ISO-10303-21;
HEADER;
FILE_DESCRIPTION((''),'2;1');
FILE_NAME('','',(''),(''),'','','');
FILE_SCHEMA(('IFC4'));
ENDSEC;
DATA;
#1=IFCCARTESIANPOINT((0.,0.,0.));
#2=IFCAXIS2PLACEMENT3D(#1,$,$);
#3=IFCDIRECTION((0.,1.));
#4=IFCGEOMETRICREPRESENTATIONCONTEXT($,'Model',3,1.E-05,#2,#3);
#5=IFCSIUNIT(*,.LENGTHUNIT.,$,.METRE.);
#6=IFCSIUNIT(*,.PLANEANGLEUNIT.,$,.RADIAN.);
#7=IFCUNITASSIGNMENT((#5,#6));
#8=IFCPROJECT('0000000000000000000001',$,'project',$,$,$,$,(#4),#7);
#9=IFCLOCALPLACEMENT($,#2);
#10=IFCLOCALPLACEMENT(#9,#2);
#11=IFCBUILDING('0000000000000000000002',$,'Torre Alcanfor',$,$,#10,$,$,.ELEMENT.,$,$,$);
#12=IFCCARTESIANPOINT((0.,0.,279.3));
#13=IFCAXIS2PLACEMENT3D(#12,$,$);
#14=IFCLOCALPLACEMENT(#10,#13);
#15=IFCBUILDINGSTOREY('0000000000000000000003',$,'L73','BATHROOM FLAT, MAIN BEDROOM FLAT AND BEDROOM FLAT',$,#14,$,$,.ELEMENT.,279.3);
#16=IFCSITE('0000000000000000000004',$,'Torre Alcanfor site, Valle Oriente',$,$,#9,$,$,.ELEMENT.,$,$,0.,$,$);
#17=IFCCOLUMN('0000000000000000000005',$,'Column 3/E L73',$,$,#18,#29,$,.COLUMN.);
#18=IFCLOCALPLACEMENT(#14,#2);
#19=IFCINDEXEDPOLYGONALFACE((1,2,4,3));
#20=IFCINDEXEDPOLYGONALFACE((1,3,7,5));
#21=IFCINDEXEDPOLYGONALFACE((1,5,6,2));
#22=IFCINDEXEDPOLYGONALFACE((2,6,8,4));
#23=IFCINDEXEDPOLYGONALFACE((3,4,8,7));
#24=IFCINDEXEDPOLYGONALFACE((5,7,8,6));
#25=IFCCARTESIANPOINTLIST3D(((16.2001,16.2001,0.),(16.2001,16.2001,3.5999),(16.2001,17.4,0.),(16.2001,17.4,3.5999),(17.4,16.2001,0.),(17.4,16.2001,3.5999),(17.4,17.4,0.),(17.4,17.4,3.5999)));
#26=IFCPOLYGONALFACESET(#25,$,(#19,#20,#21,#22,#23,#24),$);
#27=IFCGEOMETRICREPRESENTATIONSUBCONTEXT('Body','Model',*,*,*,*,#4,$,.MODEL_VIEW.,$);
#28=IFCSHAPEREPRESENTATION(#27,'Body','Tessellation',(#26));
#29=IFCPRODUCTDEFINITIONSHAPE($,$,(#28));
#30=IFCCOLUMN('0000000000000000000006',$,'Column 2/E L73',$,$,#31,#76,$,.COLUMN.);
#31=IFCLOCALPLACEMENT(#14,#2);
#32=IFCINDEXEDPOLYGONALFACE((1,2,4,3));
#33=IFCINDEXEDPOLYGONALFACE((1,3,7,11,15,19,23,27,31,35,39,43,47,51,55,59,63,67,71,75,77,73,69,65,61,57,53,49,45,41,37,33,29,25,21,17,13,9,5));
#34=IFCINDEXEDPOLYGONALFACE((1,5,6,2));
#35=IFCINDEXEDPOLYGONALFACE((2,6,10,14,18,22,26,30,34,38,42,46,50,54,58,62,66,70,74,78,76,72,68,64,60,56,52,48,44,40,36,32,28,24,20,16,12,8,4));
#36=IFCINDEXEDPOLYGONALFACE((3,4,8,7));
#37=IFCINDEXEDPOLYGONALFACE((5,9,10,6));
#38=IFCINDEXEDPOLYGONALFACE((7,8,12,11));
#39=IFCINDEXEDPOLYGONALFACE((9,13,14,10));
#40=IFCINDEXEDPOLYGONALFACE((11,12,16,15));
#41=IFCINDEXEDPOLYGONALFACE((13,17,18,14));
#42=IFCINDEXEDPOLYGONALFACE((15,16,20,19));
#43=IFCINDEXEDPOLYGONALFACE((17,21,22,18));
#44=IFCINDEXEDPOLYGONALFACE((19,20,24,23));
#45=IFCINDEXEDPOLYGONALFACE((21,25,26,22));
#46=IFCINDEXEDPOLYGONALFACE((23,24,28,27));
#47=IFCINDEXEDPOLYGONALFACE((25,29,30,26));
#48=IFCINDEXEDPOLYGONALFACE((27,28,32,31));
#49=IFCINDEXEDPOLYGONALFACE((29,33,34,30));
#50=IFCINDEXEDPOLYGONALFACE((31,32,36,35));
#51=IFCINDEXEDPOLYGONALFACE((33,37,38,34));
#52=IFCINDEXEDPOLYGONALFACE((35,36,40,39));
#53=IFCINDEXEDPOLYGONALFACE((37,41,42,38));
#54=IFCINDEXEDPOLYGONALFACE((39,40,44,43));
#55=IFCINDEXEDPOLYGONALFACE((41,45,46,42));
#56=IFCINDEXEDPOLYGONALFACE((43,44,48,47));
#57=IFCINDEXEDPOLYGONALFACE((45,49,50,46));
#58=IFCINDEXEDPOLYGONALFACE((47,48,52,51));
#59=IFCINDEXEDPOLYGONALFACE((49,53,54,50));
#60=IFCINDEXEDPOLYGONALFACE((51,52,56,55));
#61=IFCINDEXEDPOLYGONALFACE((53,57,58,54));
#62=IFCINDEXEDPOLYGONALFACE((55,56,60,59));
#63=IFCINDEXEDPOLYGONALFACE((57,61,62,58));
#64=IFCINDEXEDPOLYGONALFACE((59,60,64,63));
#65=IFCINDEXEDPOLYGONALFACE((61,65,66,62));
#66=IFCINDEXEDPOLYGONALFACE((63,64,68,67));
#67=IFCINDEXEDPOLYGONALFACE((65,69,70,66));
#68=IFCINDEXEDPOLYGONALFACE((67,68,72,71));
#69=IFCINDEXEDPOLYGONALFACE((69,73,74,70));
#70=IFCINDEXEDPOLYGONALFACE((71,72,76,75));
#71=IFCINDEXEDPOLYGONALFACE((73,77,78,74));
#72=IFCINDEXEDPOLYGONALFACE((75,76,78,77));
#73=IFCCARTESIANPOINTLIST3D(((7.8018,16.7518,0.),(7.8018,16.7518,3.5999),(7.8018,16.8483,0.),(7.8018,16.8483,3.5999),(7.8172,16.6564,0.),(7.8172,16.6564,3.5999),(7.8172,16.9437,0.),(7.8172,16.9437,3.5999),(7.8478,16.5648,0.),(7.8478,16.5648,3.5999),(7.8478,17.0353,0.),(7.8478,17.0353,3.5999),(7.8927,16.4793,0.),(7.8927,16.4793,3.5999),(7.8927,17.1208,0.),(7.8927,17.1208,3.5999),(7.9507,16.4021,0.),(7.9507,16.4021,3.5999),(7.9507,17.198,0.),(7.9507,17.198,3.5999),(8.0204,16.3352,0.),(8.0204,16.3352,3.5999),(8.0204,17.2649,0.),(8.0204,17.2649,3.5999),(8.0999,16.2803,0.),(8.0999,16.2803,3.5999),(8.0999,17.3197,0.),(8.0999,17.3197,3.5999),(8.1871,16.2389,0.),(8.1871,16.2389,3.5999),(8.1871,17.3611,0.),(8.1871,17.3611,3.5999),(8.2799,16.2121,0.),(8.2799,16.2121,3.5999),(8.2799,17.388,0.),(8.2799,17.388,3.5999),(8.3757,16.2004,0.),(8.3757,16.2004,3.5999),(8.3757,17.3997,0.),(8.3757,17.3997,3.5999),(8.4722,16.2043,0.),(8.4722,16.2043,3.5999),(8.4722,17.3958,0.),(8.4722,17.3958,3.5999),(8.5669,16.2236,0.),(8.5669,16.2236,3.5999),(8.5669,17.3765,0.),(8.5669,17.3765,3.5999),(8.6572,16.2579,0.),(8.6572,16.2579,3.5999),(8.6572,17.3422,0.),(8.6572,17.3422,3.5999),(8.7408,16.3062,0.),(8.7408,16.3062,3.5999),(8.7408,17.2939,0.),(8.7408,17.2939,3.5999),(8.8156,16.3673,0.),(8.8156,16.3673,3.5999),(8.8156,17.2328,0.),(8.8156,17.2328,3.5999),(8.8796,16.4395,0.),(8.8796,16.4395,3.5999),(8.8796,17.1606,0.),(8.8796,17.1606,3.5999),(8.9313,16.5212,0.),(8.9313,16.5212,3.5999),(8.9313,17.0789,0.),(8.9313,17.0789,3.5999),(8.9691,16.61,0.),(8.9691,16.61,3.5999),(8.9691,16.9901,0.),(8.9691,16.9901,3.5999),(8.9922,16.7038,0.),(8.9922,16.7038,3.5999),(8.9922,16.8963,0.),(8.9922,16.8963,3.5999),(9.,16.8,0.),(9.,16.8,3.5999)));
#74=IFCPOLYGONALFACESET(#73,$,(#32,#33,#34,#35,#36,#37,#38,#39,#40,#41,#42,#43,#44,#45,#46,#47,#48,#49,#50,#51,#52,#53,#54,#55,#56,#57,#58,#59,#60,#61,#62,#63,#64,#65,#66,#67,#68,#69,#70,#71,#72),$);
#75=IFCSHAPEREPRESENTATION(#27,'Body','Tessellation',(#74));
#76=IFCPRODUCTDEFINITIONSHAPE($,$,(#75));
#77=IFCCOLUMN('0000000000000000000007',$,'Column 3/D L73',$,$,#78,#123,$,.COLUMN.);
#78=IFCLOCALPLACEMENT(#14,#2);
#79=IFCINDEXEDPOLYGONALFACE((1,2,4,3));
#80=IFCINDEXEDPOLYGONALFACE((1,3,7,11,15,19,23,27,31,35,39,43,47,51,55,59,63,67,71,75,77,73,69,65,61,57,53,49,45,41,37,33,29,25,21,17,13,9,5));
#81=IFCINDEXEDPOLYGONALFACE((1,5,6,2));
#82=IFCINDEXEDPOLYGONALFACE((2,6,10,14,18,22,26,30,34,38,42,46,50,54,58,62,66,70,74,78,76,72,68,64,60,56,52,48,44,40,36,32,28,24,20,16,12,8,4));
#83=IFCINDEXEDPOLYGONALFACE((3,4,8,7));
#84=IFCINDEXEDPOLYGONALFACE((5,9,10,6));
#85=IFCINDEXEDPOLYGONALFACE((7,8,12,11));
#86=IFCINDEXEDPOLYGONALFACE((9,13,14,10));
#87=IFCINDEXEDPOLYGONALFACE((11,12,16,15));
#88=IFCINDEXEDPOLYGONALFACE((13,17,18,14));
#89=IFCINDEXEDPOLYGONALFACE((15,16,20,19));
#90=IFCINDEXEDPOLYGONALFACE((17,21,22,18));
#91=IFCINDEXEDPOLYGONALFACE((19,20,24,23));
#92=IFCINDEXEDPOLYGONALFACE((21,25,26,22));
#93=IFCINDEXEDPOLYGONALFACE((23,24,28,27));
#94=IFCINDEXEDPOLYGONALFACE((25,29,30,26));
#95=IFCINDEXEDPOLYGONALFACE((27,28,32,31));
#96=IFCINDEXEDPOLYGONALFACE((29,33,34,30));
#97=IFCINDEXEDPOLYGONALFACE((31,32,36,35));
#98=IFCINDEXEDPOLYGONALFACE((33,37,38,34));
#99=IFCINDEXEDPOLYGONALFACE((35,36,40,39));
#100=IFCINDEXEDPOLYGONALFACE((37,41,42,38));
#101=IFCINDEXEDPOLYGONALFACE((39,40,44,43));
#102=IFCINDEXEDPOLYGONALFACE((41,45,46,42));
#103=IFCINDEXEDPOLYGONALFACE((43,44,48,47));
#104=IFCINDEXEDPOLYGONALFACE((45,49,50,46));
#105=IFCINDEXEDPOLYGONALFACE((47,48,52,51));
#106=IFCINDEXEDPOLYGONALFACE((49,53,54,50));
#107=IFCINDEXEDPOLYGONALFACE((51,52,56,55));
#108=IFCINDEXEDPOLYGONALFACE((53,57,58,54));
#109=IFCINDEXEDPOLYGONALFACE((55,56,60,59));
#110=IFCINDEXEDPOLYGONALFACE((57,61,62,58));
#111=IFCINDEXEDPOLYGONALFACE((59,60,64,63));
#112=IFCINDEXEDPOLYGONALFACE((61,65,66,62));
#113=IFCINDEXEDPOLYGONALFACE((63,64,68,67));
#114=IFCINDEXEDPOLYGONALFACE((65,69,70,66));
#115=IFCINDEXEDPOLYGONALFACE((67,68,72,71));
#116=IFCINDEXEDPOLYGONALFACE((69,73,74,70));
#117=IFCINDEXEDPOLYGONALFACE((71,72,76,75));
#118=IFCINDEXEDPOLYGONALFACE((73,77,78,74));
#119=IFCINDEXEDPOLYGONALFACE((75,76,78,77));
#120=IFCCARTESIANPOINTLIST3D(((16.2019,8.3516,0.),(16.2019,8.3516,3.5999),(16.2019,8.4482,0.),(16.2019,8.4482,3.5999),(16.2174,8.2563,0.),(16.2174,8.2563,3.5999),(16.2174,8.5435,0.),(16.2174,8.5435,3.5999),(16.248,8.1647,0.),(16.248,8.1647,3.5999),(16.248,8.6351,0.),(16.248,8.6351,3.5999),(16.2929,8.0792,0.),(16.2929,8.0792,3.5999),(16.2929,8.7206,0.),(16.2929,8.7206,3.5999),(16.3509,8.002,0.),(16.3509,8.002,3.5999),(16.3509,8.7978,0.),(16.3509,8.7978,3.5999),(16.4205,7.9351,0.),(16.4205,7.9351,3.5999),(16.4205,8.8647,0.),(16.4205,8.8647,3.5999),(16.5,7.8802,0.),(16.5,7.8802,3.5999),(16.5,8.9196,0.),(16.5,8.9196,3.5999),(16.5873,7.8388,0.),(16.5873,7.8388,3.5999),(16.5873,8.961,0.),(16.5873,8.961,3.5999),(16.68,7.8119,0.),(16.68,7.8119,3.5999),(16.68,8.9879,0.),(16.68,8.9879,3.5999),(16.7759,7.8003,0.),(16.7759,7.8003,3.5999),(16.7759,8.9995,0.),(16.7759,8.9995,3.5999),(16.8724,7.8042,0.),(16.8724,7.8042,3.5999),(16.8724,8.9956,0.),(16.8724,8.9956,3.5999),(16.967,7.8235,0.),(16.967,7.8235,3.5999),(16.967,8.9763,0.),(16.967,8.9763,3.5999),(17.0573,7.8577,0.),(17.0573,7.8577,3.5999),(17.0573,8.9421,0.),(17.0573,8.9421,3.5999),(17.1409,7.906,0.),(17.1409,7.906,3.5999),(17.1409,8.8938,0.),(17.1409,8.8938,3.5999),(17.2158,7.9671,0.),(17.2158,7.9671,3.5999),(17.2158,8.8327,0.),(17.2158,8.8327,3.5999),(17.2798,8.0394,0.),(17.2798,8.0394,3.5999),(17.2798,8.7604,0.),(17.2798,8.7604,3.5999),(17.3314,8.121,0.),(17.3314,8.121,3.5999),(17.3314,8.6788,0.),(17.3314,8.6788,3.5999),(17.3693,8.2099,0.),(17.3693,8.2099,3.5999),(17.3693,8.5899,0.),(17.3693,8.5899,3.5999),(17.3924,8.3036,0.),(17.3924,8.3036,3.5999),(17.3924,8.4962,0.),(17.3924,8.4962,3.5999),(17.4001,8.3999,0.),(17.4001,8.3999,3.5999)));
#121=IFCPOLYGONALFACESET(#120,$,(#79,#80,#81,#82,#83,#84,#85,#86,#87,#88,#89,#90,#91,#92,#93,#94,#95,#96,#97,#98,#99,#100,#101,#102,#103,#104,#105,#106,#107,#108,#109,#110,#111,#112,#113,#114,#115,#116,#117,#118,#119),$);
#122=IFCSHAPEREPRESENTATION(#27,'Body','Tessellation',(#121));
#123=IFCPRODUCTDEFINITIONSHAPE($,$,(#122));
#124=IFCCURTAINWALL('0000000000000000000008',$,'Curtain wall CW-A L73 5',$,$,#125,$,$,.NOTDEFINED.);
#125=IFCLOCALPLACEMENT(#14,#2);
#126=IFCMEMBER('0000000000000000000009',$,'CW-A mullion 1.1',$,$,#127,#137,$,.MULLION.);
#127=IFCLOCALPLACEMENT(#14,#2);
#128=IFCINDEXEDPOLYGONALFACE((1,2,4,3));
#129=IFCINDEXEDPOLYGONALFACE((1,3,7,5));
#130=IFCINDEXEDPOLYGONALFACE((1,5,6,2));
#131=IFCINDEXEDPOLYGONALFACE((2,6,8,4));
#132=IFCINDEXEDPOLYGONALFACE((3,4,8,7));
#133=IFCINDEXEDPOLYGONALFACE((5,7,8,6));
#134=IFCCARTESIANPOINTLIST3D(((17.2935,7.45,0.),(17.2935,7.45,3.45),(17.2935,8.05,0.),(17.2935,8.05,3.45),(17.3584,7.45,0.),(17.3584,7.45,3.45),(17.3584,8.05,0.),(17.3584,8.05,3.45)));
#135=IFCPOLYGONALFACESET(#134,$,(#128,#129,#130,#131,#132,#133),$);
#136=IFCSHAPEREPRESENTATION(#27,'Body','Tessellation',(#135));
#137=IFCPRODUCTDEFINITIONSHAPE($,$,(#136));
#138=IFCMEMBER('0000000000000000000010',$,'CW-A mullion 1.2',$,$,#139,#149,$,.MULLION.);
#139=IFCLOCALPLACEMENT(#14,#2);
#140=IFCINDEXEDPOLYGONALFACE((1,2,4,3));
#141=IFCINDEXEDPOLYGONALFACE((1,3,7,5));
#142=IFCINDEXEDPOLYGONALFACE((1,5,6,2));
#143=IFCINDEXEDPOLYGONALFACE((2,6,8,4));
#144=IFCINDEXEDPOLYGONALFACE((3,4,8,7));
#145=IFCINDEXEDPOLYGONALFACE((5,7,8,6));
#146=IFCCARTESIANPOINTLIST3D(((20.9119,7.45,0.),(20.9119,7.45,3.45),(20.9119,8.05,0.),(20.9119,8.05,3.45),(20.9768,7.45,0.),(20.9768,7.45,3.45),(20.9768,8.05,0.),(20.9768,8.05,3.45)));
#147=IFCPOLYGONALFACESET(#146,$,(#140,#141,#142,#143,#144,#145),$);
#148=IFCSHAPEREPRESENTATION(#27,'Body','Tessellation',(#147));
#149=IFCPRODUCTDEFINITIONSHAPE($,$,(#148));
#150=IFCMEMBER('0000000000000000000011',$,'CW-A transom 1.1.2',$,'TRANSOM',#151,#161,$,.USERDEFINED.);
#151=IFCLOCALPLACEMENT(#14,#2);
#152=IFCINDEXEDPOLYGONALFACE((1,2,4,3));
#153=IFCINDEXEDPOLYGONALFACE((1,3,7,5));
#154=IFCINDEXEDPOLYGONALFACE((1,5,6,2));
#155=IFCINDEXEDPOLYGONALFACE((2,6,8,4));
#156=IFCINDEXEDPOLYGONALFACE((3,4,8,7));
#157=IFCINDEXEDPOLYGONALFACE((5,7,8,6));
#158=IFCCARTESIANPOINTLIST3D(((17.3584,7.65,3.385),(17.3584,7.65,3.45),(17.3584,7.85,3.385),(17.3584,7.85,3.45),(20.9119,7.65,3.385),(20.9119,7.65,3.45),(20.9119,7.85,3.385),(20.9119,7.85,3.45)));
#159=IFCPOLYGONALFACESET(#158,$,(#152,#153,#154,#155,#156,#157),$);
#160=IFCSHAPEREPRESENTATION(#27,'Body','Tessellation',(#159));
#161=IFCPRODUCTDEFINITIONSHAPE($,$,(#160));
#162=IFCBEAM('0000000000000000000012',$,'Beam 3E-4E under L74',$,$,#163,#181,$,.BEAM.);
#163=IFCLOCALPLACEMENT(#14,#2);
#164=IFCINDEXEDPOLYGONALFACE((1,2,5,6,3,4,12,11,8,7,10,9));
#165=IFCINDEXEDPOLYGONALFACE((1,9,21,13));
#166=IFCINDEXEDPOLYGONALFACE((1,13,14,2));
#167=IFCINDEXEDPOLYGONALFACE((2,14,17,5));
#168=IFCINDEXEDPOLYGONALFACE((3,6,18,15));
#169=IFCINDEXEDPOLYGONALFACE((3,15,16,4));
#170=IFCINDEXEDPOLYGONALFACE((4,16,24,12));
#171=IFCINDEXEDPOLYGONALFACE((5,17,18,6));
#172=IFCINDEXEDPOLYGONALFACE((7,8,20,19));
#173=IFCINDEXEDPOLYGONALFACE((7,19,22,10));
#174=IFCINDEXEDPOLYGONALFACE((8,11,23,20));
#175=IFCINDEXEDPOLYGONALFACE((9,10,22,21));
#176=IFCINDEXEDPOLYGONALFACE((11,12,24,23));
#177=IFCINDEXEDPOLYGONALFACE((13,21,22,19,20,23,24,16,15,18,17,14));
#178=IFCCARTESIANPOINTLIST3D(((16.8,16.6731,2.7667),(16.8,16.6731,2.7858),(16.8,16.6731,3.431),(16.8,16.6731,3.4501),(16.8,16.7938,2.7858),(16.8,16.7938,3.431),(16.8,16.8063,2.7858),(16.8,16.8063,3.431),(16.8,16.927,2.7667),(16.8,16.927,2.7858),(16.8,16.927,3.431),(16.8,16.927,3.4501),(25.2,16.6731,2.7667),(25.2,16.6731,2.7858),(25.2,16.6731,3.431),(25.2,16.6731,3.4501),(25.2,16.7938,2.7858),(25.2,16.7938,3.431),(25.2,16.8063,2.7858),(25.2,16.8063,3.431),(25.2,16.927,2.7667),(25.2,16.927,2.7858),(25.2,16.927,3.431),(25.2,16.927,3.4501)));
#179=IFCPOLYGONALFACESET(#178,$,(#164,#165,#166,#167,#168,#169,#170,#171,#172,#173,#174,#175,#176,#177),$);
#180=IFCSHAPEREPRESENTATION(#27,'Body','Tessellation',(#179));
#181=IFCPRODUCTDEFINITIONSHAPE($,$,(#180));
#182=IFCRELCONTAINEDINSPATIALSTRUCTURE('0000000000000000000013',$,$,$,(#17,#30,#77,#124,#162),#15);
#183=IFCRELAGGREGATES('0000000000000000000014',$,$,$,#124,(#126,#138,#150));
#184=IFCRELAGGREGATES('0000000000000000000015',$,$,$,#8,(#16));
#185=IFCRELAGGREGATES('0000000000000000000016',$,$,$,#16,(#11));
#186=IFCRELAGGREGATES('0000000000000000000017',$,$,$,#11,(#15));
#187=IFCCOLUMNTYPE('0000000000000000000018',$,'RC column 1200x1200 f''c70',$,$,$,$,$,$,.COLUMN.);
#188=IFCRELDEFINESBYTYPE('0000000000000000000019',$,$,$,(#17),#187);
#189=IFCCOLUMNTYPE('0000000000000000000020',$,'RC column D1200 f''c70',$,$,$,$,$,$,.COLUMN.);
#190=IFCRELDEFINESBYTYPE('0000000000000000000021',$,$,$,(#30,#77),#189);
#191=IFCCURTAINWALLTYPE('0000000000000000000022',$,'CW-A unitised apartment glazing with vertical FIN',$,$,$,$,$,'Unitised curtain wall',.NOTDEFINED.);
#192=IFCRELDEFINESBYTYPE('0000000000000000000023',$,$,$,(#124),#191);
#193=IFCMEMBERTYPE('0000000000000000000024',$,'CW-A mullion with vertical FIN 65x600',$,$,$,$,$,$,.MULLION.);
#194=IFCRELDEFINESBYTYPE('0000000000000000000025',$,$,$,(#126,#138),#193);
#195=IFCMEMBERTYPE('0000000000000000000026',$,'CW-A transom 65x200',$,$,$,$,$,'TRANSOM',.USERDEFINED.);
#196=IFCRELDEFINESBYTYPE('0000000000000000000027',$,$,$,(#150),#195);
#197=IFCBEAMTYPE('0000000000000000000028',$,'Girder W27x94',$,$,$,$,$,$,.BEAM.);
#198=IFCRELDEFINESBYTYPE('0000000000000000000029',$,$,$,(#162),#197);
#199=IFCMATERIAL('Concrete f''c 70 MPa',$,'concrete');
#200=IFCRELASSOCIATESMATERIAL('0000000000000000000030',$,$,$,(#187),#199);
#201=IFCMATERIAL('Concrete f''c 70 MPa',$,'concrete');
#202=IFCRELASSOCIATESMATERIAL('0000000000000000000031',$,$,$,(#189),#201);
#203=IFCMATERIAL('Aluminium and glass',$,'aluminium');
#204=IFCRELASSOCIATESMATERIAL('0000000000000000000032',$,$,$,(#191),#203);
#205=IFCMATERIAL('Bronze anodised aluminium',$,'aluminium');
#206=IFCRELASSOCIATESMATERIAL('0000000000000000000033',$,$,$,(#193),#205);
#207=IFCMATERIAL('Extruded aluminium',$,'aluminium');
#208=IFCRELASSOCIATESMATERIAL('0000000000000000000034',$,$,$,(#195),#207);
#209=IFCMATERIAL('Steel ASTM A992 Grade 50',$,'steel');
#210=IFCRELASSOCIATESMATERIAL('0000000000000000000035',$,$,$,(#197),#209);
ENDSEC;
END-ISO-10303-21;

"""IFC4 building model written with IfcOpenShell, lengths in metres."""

from ifc_helpers import new_model, si_unit, direction, frame, origin, origin_2d, place, context, subcontext, project, spatial, rectangle, circle, i_section, extrude, material, material_profile, profile_set, type_object, element, aggregate, save


model = new_model("IFC4")

# Units and contexts
model_context = context("Model", 3, precision=1e-05, world=origin(), true_north=direction((0.0, 1.0)))
body_context = subcontext(model_context, "Body", "Model", "MODEL_VIEW")
ifc_project = project(units=[si_unit("LENGTHUNIT", "METRE"), si_unit("PLANEANGLEUNIT", "RADIAN")], contexts=[model_context])

# Site, building, storey
site_placement = place(None, origin())
site = spatial("IfcSite", under=ifc_project, at=site_placement, Name="Torre Alcanfor site, Valle Oriente", CompositionType="ELEMENT", RefElevation=0.0)
building_placement = place(site_placement, origin())
building = spatial("IfcBuilding", under=site, at=building_placement, Name="Torre Alcanfor", CompositionType="ELEMENT")
storey_placement = place(building_placement, frame((0.0, 0.0, 279.3)))
storey = spatial("IfcBuildingStorey", under=building, at=storey_placement, Name="L73", Description="BATHROOM FLAT, MAIN BEDROOM FLAT AND BEDROOM FLAT", CompositionType="ELEMENT", Elevation=279.3)

# Columns
ifc_material_1 = material(Name="Concrete f'c 70 MPa", Category="concrete")
ifc_material_profile_1 = material_profile(ifc_material_1, rectangle(XDim=1.2, YDim=1.2, at=origin_2d()), Name="1200x1200")
ifc_profile_set_1 = profile_set([ifc_material_profile_1], Name="Concrete f'c 70 MPa")
column_type_1 = type_object("IfcColumnType", Name="RC column 1200x1200 f'c70", PredefinedType="COLUMN", material=ifc_profile_set_1)
column_placement = place(storey_placement, frame((16.8, 16.8, 0.0), z_axis=(0.0, 0.0, 1.0), x_axis=(1.0, 0.0, 0.0)))
element("IfcColumn", 1, at=column_placement, inside=storey, type_object=column_type_1, Name="Column 3/E L73", PredefinedType="COLUMN", context=body_context, shape_type="SweptSolid", body=[
    extrude(rectangle(XDim=1.2, YDim=1.2, at=origin_2d()), origin(), (0.0, 0.0, 1.0), 3.5999),
])
ifc_material_2 = material(Name="Concrete f'c 70 MPa", Category="concrete")
ifc_material_profile_2 = material_profile(ifc_material_2, circle(Radius=0.6001, at=origin_2d()), Name="D1200")
ifc_profile_set_2 = profile_set([ifc_material_profile_2], Name="Concrete f'c 70 MPa")
column_type_2 = type_object("IfcColumnType", Name="RC column D1200 f'c70", PredefinedType="COLUMN", material=ifc_profile_set_2)
for number, where, z_axis, x_axis, name in (
    (2, (8.3999, 16.8, 0.0), (0.0, 0.0, 1.0), (1.0, 0.0, 0.0), "Column 2/E L73"),
    (3, (16.8, 8.3999, 0.0), (0.0, 0.0, 1.0), (1.0, 0.0, 0.0), "Column 3/D L73"),
):
    element("IfcColumn", number, at=place(storey_placement, frame(where, z_axis=z_axis, x_axis=x_axis)), inside=storey, type_object=column_type_2, Name=name, PredefinedType="COLUMN", context=body_context, shape_type="SweptSolid", body=[
        extrude(circle(Radius=0.6001, at=origin_2d()), origin(), (0.0, 0.0, 1.0), 3.5999),
    ])

# Curtain wall, members
ifc_material_3 = material(Name="Aluminium and glass", Category="aluminium")
curtain_wall_type = type_object("IfcCurtainWallType", Name="CW-A unitised apartment glazing with vertical FIN", ElementType="Unitised curtain wall", PredefinedType="NOTDEFINED", material=ifc_material_3)
curtain_wall_placement = place(storey_placement, origin())
curtain_wall = element("IfcCurtainWall", 4, at=curtain_wall_placement, inside=storey, type_object=curtain_wall_type, Name="Curtain wall CW-A L73 5", PredefinedType="NOTDEFINED")
ifc_material_4 = material(Name="Bronze anodised aluminium", Category="aluminium")
ifc_material_profile_3 = material_profile(ifc_material_4, rectangle(XDim=0.6001, YDim=0.0649, at=origin_2d()), Name="CW-A mullion 65x600")
ifc_profile_set_3 = profile_set([ifc_material_profile_3], Name="Bronze anodised aluminium")
member_type_1 = type_object("IfcMemberType", Name="CW-A mullion with vertical FIN 65x600", PredefinedType="MULLION", material=ifc_profile_set_3)
member_1_placement = place(storey_placement, frame((17.3259, 7.75, 0.0), z_axis=(0.0, 0.0, 1.0), x_axis=(0.0, 1.0, 0.0)))
member_1 = element("IfcMember", 5, at=member_1_placement, type_object=member_type_1, Name="CW-A mullion 1.1", PredefinedType="MULLION", context=body_context, shape_type="SweptSolid", body=[
    extrude(rectangle(XDim=0.6001, YDim=0.0649, at=origin_2d()), origin(), (0.0, 0.0, 1.0), 3.45),
])
member_2_placement = place(storey_placement, frame((20.9443, 7.75, 0.0), z_axis=(0.0, 0.0, 1.0), x_axis=(0.0, 1.0, 0.0)))
member_2 = element("IfcMember", 6, at=member_2_placement, type_object=member_type_1, Name="CW-A mullion 1.2", PredefinedType="MULLION", context=body_context, shape_type="SweptSolid", body=[
    extrude(rectangle(XDim=0.6001, YDim=0.0649, at=origin_2d()), origin(), (0.0, 0.0, 1.0), 3.45),
])
ifc_material_5 = material(Name="Extruded aluminium", Category="aluminium")
ifc_material_profile_4 = material_profile(ifc_material_5, rectangle(XDim=0.2, YDim=0.0649, at=origin_2d()), Name="CW-A transom 200x65")
ifc_profile_set_4 = profile_set([ifc_material_profile_4], Name="Extruded aluminium")
member_type_2 = type_object("IfcMemberType", Name="CW-A transom 65x200", ElementType="TRANSOM", PredefinedType="USERDEFINED", material=ifc_profile_set_4)
member_3_placement = place(storey_placement, frame((17.3584, 7.75, 3.4175), z_axis=(1.0, 0.0, 0.0), x_axis=(0.0, 1.0, 0.0)))
member_3 = element("IfcMember", 7, at=member_3_placement, type_object=member_type_2, Name="CW-A transom 1.1.2", ObjectType="TRANSOM", PredefinedType="USERDEFINED", context=body_context, shape_type="SweptSolid", body=[
    extrude(rectangle(XDim=0.2, YDim=0.0649, at=origin_2d()), origin(), (0.0, 0.0, 1.0), 3.5535),
])

# Beam
ifc_material_6 = material(Name="Steel ASTM A992 Grade 50", Category="steel")
ifc_material_profile_5 = material_profile(ifc_material_6, i_section(OverallWidth=0.2539, OverallDepth=0.6833, WebThickness=0.0125, FlangeThickness=0.019, at=origin_2d()), Name="W27x94")
ifc_profile_set_5 = profile_set([ifc_material_profile_5], Name="Steel ASTM A992 Grade 50")
beam_type_1 = type_object("IfcBeamType", Name="Girder W27x94", PredefinedType="BEAM", material=ifc_profile_set_5)
for number, where, z_axis, x_axis, name in (
    (8, (16.8, 16.8, 3.1084), (1.0, 0.0, 0.0), (0.0, 1.0, 0.0), "Beam 3E-4E under L74"),
):
    element("IfcBeam", number, at=place(storey_placement, frame(where, z_axis=z_axis, x_axis=x_axis)), inside=storey, type_object=beam_type_1, Name=name, PredefinedType="BEAM", context=body_context, shape_type="SweptSolid", body=[
        extrude(i_section(OverallWidth=0.2539, OverallDepth=0.6833, WebThickness=0.0125, FlangeThickness=0.019, at=origin_2d()), origin(), (0.0, 0.0, 1.0), 8.3999),
    ])

aggregate(curtain_wall, [member_1, member_2, member_3])

save(model, "model.ifc")
